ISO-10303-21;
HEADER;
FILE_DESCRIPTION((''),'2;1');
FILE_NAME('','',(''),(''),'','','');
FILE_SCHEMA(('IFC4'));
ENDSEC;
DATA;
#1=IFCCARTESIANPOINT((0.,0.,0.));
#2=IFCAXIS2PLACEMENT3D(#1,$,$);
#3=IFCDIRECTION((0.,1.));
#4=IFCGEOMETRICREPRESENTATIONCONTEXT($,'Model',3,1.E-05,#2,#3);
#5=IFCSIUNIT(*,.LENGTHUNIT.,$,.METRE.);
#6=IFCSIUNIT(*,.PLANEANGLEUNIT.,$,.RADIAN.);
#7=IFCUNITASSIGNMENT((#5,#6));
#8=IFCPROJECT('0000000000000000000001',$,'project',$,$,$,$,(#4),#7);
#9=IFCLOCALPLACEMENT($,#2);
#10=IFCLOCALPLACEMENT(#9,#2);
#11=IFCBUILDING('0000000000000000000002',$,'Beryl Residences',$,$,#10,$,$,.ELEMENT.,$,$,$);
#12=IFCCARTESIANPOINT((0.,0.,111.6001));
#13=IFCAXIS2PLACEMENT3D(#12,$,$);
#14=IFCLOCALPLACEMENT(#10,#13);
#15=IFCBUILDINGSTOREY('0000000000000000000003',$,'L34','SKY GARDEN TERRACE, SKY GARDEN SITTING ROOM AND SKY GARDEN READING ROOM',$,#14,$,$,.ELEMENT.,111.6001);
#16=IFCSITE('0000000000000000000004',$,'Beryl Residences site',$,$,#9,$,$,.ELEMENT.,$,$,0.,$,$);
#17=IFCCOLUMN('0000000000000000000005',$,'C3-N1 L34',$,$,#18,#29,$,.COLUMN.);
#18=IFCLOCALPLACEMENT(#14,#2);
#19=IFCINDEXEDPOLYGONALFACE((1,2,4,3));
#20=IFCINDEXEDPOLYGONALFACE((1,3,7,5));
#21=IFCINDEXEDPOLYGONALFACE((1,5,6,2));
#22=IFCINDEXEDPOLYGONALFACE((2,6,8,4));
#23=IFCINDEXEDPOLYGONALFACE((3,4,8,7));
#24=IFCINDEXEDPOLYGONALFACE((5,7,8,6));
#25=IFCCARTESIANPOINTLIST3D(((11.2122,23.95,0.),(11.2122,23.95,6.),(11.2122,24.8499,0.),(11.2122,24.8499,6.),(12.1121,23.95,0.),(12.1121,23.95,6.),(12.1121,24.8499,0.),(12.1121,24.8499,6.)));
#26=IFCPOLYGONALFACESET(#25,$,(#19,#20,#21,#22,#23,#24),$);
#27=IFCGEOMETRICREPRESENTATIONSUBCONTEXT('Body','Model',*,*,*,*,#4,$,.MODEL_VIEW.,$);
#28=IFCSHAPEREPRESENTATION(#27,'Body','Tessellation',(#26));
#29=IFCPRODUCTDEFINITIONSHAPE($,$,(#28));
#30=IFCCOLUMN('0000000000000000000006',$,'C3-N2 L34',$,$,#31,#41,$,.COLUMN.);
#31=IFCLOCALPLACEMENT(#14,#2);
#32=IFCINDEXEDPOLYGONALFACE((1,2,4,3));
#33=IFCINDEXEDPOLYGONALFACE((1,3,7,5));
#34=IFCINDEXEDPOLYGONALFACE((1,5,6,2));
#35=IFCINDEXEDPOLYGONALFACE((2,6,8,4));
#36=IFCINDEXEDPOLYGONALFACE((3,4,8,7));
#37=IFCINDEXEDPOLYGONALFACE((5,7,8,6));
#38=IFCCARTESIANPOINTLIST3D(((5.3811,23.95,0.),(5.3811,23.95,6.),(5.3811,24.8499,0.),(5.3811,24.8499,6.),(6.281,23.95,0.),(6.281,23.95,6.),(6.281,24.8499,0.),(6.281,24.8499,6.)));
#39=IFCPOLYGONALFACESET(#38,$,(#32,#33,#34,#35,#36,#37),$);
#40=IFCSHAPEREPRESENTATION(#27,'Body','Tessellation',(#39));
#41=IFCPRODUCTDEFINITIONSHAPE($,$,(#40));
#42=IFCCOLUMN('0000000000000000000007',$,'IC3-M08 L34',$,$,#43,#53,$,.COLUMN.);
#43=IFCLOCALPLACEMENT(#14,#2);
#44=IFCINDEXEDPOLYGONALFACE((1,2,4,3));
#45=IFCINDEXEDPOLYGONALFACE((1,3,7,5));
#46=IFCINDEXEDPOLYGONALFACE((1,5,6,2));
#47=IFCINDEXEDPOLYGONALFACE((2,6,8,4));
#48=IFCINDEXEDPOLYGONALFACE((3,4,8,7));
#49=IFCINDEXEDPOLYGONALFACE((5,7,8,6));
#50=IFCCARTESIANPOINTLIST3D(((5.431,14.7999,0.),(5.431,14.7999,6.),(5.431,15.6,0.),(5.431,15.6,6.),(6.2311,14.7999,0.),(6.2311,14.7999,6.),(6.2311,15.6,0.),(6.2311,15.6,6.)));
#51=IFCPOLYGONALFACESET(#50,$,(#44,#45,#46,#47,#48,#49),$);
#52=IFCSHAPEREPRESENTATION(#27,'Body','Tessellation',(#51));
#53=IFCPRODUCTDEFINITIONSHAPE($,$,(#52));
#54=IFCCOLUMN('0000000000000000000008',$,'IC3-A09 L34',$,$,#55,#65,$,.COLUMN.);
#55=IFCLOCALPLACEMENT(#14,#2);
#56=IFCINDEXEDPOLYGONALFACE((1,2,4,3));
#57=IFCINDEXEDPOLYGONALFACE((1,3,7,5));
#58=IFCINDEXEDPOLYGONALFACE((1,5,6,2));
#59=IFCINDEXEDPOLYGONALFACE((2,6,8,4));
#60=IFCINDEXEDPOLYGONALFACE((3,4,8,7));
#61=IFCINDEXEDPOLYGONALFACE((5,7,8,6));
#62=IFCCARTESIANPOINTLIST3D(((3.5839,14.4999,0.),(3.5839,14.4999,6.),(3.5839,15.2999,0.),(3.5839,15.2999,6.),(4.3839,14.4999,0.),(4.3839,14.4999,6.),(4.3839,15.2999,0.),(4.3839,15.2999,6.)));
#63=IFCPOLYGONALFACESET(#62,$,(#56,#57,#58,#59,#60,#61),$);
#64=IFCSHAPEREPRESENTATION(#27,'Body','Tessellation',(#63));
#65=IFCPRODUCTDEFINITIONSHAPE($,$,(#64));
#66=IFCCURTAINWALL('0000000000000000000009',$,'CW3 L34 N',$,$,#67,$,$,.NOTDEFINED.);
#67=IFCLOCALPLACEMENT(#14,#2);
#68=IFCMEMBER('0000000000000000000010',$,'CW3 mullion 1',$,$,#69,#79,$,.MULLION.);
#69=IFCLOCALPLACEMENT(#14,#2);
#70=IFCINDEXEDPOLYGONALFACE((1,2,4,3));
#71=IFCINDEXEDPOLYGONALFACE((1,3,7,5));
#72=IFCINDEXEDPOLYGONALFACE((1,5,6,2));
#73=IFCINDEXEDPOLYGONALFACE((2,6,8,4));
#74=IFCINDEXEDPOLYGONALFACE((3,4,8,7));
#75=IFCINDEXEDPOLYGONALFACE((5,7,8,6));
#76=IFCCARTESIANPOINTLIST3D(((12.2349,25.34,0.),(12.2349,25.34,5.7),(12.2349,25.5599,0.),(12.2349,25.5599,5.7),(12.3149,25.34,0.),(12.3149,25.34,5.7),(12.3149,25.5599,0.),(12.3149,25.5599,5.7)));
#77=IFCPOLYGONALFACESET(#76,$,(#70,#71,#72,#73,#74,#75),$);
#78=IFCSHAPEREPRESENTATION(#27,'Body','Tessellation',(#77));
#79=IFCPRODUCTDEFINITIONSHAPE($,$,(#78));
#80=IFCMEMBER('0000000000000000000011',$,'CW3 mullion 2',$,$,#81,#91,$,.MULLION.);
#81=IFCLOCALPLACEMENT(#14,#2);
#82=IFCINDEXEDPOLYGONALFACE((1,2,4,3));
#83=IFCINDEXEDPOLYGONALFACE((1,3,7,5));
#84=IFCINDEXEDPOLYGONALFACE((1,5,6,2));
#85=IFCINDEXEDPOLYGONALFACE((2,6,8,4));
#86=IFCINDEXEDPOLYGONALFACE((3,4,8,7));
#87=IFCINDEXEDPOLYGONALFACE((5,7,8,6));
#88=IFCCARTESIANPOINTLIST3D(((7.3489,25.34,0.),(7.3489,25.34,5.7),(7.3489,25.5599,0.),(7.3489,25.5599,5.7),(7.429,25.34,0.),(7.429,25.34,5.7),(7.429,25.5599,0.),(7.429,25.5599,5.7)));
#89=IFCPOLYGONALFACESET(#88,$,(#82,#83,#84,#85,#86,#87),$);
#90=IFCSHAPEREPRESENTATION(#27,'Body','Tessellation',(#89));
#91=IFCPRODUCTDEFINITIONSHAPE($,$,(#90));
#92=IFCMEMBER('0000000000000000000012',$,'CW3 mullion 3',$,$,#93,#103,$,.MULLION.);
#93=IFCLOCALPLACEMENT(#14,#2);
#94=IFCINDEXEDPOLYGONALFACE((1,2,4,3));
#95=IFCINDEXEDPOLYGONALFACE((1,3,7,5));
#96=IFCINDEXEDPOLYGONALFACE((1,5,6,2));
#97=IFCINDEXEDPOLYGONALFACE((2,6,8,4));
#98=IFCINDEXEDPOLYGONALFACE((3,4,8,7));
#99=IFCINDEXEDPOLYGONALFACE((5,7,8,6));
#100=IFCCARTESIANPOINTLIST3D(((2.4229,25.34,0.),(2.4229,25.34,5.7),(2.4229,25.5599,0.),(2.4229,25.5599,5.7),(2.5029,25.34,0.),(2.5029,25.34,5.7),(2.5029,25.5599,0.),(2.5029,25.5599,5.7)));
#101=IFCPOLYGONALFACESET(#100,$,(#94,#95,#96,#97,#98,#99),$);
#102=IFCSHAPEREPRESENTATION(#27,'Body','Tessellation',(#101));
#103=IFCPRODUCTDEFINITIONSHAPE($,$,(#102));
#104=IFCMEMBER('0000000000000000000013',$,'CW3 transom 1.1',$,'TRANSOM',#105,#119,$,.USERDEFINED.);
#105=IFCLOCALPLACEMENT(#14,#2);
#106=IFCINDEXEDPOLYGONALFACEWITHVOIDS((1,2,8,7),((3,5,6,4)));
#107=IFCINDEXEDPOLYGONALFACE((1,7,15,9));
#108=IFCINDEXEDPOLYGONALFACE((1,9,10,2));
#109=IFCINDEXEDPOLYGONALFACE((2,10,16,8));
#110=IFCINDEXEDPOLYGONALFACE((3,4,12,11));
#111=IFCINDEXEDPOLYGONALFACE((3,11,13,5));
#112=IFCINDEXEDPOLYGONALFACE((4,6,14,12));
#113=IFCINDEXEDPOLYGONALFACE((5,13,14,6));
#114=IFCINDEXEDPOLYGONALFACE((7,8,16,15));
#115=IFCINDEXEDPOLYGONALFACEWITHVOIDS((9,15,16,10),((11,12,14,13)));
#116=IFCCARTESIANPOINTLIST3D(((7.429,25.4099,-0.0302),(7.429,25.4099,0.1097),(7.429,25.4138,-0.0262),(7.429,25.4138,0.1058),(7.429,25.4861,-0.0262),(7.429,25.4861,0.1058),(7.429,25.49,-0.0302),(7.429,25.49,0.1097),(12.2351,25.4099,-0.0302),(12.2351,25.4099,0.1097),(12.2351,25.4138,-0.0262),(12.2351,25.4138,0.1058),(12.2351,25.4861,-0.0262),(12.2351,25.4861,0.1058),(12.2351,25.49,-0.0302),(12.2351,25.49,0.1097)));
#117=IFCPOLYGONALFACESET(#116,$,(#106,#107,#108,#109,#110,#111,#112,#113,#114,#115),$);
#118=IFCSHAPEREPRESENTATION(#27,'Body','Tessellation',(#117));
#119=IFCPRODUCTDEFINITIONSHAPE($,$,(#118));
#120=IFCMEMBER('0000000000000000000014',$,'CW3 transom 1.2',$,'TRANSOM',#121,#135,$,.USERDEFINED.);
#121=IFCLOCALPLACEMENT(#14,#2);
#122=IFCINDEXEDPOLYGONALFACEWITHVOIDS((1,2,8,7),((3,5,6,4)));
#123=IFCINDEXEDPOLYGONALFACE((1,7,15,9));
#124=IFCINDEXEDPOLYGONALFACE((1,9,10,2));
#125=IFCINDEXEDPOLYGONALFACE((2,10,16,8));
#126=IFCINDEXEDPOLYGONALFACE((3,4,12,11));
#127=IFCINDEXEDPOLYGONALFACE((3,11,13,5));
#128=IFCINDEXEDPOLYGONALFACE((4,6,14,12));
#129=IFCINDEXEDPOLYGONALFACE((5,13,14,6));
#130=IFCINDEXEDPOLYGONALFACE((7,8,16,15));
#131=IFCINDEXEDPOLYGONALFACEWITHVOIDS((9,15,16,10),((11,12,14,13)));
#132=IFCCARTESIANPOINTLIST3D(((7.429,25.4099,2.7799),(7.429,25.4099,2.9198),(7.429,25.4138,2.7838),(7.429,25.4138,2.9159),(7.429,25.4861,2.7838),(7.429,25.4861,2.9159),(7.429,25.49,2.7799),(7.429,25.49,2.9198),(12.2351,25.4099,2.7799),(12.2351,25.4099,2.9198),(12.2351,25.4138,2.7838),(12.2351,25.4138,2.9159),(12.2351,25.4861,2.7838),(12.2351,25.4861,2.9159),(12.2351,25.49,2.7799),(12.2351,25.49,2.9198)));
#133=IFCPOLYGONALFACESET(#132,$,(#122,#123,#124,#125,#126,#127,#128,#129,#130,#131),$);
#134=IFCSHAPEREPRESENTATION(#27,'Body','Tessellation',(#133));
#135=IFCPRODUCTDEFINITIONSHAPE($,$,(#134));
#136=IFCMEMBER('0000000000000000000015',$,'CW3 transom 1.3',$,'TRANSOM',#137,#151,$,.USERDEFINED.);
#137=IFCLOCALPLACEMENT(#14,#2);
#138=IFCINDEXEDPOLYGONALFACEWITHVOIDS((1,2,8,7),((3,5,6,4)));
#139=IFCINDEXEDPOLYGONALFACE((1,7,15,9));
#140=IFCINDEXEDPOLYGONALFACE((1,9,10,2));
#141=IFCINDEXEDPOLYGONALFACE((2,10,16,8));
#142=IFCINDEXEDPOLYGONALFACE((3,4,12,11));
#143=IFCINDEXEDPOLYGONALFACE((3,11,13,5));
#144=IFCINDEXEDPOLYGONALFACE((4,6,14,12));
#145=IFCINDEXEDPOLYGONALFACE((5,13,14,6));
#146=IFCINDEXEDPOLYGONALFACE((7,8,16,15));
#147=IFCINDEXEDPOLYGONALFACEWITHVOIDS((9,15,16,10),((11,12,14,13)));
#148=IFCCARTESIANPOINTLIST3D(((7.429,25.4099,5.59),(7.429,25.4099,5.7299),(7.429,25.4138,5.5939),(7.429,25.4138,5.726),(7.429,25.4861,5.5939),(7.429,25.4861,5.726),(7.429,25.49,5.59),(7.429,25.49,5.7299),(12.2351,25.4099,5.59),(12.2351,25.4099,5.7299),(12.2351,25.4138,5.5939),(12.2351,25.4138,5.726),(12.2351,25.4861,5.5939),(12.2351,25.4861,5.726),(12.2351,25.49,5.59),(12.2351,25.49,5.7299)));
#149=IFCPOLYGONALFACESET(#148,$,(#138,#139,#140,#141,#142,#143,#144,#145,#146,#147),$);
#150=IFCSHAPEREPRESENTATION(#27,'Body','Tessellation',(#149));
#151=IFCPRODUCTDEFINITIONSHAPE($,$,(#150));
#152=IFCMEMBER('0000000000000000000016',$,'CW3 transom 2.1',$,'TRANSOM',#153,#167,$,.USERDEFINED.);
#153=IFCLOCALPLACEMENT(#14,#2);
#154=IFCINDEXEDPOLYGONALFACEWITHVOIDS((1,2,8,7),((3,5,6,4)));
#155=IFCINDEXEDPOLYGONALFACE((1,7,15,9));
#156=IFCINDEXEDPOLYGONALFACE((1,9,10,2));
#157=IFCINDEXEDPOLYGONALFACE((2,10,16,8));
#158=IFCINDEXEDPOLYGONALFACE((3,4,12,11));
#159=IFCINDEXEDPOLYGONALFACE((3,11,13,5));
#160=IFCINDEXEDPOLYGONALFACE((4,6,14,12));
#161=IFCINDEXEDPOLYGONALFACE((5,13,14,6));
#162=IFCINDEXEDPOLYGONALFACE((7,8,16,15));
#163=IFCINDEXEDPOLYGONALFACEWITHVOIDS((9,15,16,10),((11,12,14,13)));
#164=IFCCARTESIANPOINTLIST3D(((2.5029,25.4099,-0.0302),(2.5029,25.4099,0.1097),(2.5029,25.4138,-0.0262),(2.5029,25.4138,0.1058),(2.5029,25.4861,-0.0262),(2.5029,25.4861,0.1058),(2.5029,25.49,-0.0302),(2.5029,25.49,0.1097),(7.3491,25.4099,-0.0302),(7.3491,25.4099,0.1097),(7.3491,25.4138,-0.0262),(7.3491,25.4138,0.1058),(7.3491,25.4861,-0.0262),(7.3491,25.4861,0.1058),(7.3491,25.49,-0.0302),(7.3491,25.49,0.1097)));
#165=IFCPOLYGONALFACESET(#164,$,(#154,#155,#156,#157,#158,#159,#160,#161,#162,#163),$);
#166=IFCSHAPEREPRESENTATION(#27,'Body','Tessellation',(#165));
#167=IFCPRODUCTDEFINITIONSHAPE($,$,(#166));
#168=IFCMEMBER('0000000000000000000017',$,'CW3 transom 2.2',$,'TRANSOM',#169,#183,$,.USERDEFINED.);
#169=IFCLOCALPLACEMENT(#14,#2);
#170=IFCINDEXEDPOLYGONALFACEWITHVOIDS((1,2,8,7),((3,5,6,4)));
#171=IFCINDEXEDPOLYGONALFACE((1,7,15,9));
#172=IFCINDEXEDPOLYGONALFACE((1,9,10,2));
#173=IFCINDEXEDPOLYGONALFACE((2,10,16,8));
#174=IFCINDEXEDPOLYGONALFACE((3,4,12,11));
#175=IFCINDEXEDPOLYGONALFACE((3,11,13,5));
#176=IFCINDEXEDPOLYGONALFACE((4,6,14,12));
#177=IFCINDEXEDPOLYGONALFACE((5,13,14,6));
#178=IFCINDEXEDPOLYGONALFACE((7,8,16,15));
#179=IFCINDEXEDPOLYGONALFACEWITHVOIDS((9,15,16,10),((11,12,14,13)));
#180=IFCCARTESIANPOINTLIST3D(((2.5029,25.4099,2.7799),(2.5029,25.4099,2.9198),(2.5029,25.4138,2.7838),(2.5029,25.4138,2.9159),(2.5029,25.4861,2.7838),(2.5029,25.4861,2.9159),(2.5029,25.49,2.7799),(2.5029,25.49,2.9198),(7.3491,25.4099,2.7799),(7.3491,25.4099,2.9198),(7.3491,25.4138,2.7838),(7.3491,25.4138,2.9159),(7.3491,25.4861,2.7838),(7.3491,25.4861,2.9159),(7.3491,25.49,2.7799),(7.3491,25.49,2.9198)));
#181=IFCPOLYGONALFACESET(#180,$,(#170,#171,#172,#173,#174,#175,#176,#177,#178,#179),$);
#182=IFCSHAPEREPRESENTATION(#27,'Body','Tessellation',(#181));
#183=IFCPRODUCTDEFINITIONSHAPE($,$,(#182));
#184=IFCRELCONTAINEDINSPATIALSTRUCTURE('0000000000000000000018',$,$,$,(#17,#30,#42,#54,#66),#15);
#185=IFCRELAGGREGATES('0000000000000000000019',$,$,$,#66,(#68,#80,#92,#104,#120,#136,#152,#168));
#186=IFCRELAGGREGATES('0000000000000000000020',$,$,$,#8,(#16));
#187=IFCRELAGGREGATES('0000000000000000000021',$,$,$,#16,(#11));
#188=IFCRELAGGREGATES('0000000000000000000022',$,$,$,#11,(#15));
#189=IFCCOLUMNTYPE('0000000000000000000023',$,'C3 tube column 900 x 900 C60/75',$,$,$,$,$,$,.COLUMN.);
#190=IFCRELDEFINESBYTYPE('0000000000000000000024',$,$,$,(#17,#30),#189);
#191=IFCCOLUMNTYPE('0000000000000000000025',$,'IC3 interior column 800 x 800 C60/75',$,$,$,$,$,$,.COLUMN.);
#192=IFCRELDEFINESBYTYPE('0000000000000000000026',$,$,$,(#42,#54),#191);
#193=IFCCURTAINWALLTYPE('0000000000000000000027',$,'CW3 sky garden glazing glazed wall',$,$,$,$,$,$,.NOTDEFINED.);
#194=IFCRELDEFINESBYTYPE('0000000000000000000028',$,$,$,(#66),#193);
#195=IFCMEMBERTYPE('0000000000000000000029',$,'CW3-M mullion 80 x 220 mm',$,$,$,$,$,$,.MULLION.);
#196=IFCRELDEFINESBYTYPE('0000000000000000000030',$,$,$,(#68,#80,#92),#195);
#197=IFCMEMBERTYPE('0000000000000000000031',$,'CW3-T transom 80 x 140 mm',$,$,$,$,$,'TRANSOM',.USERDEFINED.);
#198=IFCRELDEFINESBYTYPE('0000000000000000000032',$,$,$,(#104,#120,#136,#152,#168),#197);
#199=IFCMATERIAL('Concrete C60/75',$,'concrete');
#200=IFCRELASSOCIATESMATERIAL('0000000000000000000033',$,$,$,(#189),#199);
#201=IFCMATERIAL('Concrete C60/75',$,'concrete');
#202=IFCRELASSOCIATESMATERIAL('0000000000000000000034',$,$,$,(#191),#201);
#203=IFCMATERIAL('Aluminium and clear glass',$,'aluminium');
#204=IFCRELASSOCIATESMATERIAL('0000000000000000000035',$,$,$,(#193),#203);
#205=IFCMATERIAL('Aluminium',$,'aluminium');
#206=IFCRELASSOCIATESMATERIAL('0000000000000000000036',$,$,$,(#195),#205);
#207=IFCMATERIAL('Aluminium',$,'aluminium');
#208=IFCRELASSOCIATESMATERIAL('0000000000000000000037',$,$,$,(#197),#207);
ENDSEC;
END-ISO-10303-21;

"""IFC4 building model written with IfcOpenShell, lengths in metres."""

from ifc_helpers import new_model, si_unit, direction, frame, origin, origin_2d, place, context, subcontext, project, spatial, rectangle, hollow_rectangle, extrude, material, material_profile, profile_set, type_object, element, aggregate, save


model = new_model("IFC4")

# Units and contexts
model_context = context("Model", 3, precision=1e-05, world=origin(), true_north=direction((0.0, 1.0)))
body_context = subcontext(model_context, "Body", "Model", "MODEL_VIEW")
ifc_project = project(units=[si_unit("LENGTHUNIT", "METRE"), si_unit("PLANEANGLEUNIT", "RADIAN")], contexts=[model_context])

# Site, building, storey
site_placement = place(None, origin())
site = spatial("IfcSite", under=ifc_project, at=site_placement, Name="Beryl Residences site", CompositionType="ELEMENT", RefElevation=0.0)
building_placement = place(site_placement, origin())
building = spatial("IfcBuilding", under=site, at=building_placement, Name="Beryl Residences", CompositionType="ELEMENT")
storey_placement = place(building_placement, frame((0.0, 0.0, 111.6001)))
storey = spatial("IfcBuildingStorey", under=building, at=storey_placement, Name="L34", Description="SKY GARDEN TERRACE, SKY GARDEN SITTING ROOM AND SKY GARDEN READING ROOM", CompositionType="ELEMENT", Elevation=111.6001)

# Columns
ifc_material_1 = material(Name="Concrete C60/75", Category="concrete")
ifc_material_profile_1 = material_profile(ifc_material_1, rectangle(XDim=0.8999, YDim=0.8999, at=origin_2d()))
ifc_profile_set_1 = profile_set([ifc_material_profile_1], Name="Concrete C60/75")
column_type_1 = type_object("IfcColumnType", Name="C3 tube column 900 x 900 C60/75", PredefinedType="COLUMN", material=ifc_profile_set_1)
for number, where, z_axis, x_axis, name in (
    (1, (11.6621, 24.3999, 0.0), (0.0, 0.0, 1.0), (-1.0, 0.0, 0.0), "C3-N1 L34"),
    (2, (5.8311, 24.3999, 0.0), (0.0, 0.0, 1.0), (-1.0, 0.0, 0.0), "C3-N2 L34"),
):
    element("IfcColumn", number, at=place(storey_placement, frame(where, z_axis=z_axis, x_axis=x_axis)), inside=storey, type_object=column_type_1, Name=name, PredefinedType="COLUMN", context=body_context, shape_type="SweptSolid", body=[
        extrude(rectangle(XDim=0.8999, YDim=0.8999, at=origin_2d()), origin(), (0.0, 0.0, 1.0), 6.0),
    ])
ifc_material_2 = material(Name="Concrete C60/75", Category="concrete")
ifc_material_profile_2 = material_profile(ifc_material_2, rectangle(XDim=0.8, YDim=0.8, at=origin_2d()))
ifc_profile_set_2 = profile_set([ifc_material_profile_2], Name="Concrete C60/75")
column_type_2 = type_object("IfcColumnType", Name="IC3 interior column 800 x 800 C60/75", PredefinedType="COLUMN", material=ifc_profile_set_2)
for number, where, z_axis, x_axis, name in (
    (3, (5.8311, 15.2, 0.0), (0.0, 0.0, 1.0), (-1.0, 0.0, 0.0), "IC3-M08 L34"),
    (4, (3.9839, 14.8999, 0.0), (0.0, 0.0, 1.0), (1.0, 0.0, 0.0), "IC3-A09 L34"),
):
    element("IfcColumn", number, at=place(storey_placement, frame(where, z_axis=z_axis, x_axis=x_axis)), inside=storey, type_object=column_type_2, Name=name, PredefinedType="COLUMN", context=body_context, shape_type="SweptSolid", body=[
        extrude(rectangle(XDim=0.8, YDim=0.8, at=origin_2d()), origin(), (0.0, 0.0, 1.0), 6.0),
    ])

# Curtain wall, members
ifc_material_3 = material(Name="Aluminium and clear glass", Category="aluminium")
curtain_wall_type = type_object("IfcCurtainWallType", Name="CW3 sky garden glazing glazed wall", PredefinedType="NOTDEFINED", material=ifc_material_3)
curtain_wall_1_placement = place(storey_placement, origin())
curtain_wall_1 = element("IfcCurtainWall", 5, at=curtain_wall_1_placement, inside=storey, type_object=curtain_wall_type, Name="CW3 L34 N", PredefinedType="NOTDEFINED")
ifc_material_4 = material(Name="Aluminium", Category="aluminium")
ifc_material_profile_3 = material_profile(ifc_material_4, rectangle(XDim=0.0801, YDim=0.22, at=origin_2d()))
ifc_profile_set_3 = profile_set([ifc_material_profile_3], Name="Aluminium")
member_type_1 = type_object("IfcMemberType", Name="CW3-M mullion 80 x 220 mm", PredefinedType="MULLION", material=ifc_profile_set_3)
member_1_placement = place(storey_placement, frame((12.2749, 25.45, 0.0), z_axis=(0.0, 0.0, 1.0), x_axis=(-1.0, 0.0, 0.0)))
member_1 = element("IfcMember", 6, at=member_1_placement, type_object=member_type_1, Name="CW3 mullion 1", PredefinedType="MULLION", context=body_context, shape_type="SweptSolid", body=[
    extrude(rectangle(XDim=0.0801, YDim=0.22, at=origin_2d()), origin(), (0.0, 0.0, 1.0), 5.7),
])
member_2_placement = place(storey_placement, frame((7.3889, 25.45, 0.0), z_axis=(0.0, 0.0, 1.0), x_axis=(-1.0, 0.0, 0.0)))
member_2 = element("IfcMember", 7, at=member_2_placement, type_object=member_type_1, Name="CW3 mullion 2", PredefinedType="MULLION", context=body_context, shape_type="SweptSolid", body=[
    extrude(rectangle(XDim=0.0801, YDim=0.22, at=origin_2d()), origin(), (0.0, 0.0, 1.0), 5.7),
])
member_3_placement = place(storey_placement, frame((2.4629, 25.45, 0.0), z_axis=(0.0, 0.0, 1.0), x_axis=(-1.0, 0.0, 0.0)))
member_3 = element("IfcMember", 8, at=member_3_placement, type_object=member_type_1, Name="CW3 mullion 3", PredefinedType="MULLION", context=body_context, shape_type="SweptSolid", body=[
    extrude(rectangle(XDim=0.0801, YDim=0.22, at=origin_2d()), origin(), (0.0, 0.0, 1.0), 5.7),
])
ifc_material_5 = material(Name="Aluminium", Category="aluminium")
ifc_material_profile_4 = material_profile(ifc_material_5, hollow_rectangle(XDim=0.0801, YDim=0.1399, WallThickness=0.0039, at=origin_2d()))
ifc_profile_set_4 = profile_set([ifc_material_profile_4], Name="Aluminium")
member_type_2 = type_object("IfcMemberType", Name="CW3-T transom 80 x 140 mm", ElementType="TRANSOM", PredefinedType="USERDEFINED", material=ifc_profile_set_4)
member_4_placement = place(storey_placement, frame((12.2351, 25.45, 0.0398), z_axis=(-1.0, 0.0, 0.0), x_axis=(0.0, -1.0, 0.0)))
member_4 = element("IfcMember", 9, at=member_4_placement, type_object=member_type_2, Name="CW3 transom 1.1", ObjectType="TRANSOM", PredefinedType="USERDEFINED", context=body_context, shape_type="SweptSolid", body=[
    extrude(hollow_rectangle(XDim=0.0801, YDim=0.1399, WallThickness=0.0039, at=origin_2d()), origin(), (0.0, 0.0, 1.0), 4.8062),
])
member_5_placement = place(storey_placement, frame((12.2351, 25.45, 2.8499), z_axis=(-1.0, 0.0, 0.0), x_axis=(0.0, -1.0, 0.0)))
member_5 = element("IfcMember", 10, at=member_5_placement, type_object=member_type_2, Name="CW3 transom 1.2", ObjectType="TRANSOM", PredefinedType="USERDEFINED", context=body_context, shape_type="SweptSolid", body=[
    extrude(hollow_rectangle(XDim=0.0801, YDim=0.1399, WallThickness=0.0039, at=origin_2d()), origin(), (0.0, 0.0, 1.0), 4.8062),
])
member_6_placement = place(storey_placement, frame((12.2351, 25.45, 5.6599), z_axis=(-1.0, 0.0, 0.0), x_axis=(0.0, -1.0, 0.0)))
member_6 = element("IfcMember", 11, at=member_6_placement, type_object=member_type_2, Name="CW3 transom 1.3", ObjectType="TRANSOM", PredefinedType="USERDEFINED", context=body_context, shape_type="SweptSolid", body=[
    extrude(hollow_rectangle(XDim=0.0801, YDim=0.1399, WallThickness=0.0039, at=origin_2d()), origin(), (0.0, 0.0, 1.0), 4.8062),
])
member_7_placement = place(storey_placement, frame((7.3491, 25.45, 0.0398), z_axis=(-1.0, 0.0, 0.0), x_axis=(0.0, -1.0, 0.0)))
member_7 = element("IfcMember", 12, at=member_7_placement, type_object=member_type_2, Name="CW3 transom 2.1", ObjectType="TRANSOM", PredefinedType="USERDEFINED", context=body_context, shape_type="SweptSolid", body=[
    extrude(hollow_rectangle(XDim=0.0801, YDim=0.1399, WallThickness=0.0039, at=origin_2d()), origin(), (0.0, 0.0, 1.0), 4.8462),
])
member_8_placement = place(storey_placement, frame((7.3491, 25.45, 2.8499), z_axis=(-1.0, 0.0, 0.0), x_axis=(0.0, -1.0, 0.0)))
member_8 = element("IfcMember", 13, at=member_8_placement, type_object=member_type_2, Name="CW3 transom 2.2", ObjectType="TRANSOM", PredefinedType="USERDEFINED", context=body_context, shape_type="SweptSolid", body=[
    extrude(hollow_rectangle(XDim=0.0801, YDim=0.1399, WallThickness=0.0039, at=origin_2d()), origin(), (0.0, 0.0, 1.0), 4.8462),
])
aggregate(curtain_wall_1, [member_1, member_2, member_3, member_4, member_5, member_6, member_7, member_8])

save(model, "model.ifc")
